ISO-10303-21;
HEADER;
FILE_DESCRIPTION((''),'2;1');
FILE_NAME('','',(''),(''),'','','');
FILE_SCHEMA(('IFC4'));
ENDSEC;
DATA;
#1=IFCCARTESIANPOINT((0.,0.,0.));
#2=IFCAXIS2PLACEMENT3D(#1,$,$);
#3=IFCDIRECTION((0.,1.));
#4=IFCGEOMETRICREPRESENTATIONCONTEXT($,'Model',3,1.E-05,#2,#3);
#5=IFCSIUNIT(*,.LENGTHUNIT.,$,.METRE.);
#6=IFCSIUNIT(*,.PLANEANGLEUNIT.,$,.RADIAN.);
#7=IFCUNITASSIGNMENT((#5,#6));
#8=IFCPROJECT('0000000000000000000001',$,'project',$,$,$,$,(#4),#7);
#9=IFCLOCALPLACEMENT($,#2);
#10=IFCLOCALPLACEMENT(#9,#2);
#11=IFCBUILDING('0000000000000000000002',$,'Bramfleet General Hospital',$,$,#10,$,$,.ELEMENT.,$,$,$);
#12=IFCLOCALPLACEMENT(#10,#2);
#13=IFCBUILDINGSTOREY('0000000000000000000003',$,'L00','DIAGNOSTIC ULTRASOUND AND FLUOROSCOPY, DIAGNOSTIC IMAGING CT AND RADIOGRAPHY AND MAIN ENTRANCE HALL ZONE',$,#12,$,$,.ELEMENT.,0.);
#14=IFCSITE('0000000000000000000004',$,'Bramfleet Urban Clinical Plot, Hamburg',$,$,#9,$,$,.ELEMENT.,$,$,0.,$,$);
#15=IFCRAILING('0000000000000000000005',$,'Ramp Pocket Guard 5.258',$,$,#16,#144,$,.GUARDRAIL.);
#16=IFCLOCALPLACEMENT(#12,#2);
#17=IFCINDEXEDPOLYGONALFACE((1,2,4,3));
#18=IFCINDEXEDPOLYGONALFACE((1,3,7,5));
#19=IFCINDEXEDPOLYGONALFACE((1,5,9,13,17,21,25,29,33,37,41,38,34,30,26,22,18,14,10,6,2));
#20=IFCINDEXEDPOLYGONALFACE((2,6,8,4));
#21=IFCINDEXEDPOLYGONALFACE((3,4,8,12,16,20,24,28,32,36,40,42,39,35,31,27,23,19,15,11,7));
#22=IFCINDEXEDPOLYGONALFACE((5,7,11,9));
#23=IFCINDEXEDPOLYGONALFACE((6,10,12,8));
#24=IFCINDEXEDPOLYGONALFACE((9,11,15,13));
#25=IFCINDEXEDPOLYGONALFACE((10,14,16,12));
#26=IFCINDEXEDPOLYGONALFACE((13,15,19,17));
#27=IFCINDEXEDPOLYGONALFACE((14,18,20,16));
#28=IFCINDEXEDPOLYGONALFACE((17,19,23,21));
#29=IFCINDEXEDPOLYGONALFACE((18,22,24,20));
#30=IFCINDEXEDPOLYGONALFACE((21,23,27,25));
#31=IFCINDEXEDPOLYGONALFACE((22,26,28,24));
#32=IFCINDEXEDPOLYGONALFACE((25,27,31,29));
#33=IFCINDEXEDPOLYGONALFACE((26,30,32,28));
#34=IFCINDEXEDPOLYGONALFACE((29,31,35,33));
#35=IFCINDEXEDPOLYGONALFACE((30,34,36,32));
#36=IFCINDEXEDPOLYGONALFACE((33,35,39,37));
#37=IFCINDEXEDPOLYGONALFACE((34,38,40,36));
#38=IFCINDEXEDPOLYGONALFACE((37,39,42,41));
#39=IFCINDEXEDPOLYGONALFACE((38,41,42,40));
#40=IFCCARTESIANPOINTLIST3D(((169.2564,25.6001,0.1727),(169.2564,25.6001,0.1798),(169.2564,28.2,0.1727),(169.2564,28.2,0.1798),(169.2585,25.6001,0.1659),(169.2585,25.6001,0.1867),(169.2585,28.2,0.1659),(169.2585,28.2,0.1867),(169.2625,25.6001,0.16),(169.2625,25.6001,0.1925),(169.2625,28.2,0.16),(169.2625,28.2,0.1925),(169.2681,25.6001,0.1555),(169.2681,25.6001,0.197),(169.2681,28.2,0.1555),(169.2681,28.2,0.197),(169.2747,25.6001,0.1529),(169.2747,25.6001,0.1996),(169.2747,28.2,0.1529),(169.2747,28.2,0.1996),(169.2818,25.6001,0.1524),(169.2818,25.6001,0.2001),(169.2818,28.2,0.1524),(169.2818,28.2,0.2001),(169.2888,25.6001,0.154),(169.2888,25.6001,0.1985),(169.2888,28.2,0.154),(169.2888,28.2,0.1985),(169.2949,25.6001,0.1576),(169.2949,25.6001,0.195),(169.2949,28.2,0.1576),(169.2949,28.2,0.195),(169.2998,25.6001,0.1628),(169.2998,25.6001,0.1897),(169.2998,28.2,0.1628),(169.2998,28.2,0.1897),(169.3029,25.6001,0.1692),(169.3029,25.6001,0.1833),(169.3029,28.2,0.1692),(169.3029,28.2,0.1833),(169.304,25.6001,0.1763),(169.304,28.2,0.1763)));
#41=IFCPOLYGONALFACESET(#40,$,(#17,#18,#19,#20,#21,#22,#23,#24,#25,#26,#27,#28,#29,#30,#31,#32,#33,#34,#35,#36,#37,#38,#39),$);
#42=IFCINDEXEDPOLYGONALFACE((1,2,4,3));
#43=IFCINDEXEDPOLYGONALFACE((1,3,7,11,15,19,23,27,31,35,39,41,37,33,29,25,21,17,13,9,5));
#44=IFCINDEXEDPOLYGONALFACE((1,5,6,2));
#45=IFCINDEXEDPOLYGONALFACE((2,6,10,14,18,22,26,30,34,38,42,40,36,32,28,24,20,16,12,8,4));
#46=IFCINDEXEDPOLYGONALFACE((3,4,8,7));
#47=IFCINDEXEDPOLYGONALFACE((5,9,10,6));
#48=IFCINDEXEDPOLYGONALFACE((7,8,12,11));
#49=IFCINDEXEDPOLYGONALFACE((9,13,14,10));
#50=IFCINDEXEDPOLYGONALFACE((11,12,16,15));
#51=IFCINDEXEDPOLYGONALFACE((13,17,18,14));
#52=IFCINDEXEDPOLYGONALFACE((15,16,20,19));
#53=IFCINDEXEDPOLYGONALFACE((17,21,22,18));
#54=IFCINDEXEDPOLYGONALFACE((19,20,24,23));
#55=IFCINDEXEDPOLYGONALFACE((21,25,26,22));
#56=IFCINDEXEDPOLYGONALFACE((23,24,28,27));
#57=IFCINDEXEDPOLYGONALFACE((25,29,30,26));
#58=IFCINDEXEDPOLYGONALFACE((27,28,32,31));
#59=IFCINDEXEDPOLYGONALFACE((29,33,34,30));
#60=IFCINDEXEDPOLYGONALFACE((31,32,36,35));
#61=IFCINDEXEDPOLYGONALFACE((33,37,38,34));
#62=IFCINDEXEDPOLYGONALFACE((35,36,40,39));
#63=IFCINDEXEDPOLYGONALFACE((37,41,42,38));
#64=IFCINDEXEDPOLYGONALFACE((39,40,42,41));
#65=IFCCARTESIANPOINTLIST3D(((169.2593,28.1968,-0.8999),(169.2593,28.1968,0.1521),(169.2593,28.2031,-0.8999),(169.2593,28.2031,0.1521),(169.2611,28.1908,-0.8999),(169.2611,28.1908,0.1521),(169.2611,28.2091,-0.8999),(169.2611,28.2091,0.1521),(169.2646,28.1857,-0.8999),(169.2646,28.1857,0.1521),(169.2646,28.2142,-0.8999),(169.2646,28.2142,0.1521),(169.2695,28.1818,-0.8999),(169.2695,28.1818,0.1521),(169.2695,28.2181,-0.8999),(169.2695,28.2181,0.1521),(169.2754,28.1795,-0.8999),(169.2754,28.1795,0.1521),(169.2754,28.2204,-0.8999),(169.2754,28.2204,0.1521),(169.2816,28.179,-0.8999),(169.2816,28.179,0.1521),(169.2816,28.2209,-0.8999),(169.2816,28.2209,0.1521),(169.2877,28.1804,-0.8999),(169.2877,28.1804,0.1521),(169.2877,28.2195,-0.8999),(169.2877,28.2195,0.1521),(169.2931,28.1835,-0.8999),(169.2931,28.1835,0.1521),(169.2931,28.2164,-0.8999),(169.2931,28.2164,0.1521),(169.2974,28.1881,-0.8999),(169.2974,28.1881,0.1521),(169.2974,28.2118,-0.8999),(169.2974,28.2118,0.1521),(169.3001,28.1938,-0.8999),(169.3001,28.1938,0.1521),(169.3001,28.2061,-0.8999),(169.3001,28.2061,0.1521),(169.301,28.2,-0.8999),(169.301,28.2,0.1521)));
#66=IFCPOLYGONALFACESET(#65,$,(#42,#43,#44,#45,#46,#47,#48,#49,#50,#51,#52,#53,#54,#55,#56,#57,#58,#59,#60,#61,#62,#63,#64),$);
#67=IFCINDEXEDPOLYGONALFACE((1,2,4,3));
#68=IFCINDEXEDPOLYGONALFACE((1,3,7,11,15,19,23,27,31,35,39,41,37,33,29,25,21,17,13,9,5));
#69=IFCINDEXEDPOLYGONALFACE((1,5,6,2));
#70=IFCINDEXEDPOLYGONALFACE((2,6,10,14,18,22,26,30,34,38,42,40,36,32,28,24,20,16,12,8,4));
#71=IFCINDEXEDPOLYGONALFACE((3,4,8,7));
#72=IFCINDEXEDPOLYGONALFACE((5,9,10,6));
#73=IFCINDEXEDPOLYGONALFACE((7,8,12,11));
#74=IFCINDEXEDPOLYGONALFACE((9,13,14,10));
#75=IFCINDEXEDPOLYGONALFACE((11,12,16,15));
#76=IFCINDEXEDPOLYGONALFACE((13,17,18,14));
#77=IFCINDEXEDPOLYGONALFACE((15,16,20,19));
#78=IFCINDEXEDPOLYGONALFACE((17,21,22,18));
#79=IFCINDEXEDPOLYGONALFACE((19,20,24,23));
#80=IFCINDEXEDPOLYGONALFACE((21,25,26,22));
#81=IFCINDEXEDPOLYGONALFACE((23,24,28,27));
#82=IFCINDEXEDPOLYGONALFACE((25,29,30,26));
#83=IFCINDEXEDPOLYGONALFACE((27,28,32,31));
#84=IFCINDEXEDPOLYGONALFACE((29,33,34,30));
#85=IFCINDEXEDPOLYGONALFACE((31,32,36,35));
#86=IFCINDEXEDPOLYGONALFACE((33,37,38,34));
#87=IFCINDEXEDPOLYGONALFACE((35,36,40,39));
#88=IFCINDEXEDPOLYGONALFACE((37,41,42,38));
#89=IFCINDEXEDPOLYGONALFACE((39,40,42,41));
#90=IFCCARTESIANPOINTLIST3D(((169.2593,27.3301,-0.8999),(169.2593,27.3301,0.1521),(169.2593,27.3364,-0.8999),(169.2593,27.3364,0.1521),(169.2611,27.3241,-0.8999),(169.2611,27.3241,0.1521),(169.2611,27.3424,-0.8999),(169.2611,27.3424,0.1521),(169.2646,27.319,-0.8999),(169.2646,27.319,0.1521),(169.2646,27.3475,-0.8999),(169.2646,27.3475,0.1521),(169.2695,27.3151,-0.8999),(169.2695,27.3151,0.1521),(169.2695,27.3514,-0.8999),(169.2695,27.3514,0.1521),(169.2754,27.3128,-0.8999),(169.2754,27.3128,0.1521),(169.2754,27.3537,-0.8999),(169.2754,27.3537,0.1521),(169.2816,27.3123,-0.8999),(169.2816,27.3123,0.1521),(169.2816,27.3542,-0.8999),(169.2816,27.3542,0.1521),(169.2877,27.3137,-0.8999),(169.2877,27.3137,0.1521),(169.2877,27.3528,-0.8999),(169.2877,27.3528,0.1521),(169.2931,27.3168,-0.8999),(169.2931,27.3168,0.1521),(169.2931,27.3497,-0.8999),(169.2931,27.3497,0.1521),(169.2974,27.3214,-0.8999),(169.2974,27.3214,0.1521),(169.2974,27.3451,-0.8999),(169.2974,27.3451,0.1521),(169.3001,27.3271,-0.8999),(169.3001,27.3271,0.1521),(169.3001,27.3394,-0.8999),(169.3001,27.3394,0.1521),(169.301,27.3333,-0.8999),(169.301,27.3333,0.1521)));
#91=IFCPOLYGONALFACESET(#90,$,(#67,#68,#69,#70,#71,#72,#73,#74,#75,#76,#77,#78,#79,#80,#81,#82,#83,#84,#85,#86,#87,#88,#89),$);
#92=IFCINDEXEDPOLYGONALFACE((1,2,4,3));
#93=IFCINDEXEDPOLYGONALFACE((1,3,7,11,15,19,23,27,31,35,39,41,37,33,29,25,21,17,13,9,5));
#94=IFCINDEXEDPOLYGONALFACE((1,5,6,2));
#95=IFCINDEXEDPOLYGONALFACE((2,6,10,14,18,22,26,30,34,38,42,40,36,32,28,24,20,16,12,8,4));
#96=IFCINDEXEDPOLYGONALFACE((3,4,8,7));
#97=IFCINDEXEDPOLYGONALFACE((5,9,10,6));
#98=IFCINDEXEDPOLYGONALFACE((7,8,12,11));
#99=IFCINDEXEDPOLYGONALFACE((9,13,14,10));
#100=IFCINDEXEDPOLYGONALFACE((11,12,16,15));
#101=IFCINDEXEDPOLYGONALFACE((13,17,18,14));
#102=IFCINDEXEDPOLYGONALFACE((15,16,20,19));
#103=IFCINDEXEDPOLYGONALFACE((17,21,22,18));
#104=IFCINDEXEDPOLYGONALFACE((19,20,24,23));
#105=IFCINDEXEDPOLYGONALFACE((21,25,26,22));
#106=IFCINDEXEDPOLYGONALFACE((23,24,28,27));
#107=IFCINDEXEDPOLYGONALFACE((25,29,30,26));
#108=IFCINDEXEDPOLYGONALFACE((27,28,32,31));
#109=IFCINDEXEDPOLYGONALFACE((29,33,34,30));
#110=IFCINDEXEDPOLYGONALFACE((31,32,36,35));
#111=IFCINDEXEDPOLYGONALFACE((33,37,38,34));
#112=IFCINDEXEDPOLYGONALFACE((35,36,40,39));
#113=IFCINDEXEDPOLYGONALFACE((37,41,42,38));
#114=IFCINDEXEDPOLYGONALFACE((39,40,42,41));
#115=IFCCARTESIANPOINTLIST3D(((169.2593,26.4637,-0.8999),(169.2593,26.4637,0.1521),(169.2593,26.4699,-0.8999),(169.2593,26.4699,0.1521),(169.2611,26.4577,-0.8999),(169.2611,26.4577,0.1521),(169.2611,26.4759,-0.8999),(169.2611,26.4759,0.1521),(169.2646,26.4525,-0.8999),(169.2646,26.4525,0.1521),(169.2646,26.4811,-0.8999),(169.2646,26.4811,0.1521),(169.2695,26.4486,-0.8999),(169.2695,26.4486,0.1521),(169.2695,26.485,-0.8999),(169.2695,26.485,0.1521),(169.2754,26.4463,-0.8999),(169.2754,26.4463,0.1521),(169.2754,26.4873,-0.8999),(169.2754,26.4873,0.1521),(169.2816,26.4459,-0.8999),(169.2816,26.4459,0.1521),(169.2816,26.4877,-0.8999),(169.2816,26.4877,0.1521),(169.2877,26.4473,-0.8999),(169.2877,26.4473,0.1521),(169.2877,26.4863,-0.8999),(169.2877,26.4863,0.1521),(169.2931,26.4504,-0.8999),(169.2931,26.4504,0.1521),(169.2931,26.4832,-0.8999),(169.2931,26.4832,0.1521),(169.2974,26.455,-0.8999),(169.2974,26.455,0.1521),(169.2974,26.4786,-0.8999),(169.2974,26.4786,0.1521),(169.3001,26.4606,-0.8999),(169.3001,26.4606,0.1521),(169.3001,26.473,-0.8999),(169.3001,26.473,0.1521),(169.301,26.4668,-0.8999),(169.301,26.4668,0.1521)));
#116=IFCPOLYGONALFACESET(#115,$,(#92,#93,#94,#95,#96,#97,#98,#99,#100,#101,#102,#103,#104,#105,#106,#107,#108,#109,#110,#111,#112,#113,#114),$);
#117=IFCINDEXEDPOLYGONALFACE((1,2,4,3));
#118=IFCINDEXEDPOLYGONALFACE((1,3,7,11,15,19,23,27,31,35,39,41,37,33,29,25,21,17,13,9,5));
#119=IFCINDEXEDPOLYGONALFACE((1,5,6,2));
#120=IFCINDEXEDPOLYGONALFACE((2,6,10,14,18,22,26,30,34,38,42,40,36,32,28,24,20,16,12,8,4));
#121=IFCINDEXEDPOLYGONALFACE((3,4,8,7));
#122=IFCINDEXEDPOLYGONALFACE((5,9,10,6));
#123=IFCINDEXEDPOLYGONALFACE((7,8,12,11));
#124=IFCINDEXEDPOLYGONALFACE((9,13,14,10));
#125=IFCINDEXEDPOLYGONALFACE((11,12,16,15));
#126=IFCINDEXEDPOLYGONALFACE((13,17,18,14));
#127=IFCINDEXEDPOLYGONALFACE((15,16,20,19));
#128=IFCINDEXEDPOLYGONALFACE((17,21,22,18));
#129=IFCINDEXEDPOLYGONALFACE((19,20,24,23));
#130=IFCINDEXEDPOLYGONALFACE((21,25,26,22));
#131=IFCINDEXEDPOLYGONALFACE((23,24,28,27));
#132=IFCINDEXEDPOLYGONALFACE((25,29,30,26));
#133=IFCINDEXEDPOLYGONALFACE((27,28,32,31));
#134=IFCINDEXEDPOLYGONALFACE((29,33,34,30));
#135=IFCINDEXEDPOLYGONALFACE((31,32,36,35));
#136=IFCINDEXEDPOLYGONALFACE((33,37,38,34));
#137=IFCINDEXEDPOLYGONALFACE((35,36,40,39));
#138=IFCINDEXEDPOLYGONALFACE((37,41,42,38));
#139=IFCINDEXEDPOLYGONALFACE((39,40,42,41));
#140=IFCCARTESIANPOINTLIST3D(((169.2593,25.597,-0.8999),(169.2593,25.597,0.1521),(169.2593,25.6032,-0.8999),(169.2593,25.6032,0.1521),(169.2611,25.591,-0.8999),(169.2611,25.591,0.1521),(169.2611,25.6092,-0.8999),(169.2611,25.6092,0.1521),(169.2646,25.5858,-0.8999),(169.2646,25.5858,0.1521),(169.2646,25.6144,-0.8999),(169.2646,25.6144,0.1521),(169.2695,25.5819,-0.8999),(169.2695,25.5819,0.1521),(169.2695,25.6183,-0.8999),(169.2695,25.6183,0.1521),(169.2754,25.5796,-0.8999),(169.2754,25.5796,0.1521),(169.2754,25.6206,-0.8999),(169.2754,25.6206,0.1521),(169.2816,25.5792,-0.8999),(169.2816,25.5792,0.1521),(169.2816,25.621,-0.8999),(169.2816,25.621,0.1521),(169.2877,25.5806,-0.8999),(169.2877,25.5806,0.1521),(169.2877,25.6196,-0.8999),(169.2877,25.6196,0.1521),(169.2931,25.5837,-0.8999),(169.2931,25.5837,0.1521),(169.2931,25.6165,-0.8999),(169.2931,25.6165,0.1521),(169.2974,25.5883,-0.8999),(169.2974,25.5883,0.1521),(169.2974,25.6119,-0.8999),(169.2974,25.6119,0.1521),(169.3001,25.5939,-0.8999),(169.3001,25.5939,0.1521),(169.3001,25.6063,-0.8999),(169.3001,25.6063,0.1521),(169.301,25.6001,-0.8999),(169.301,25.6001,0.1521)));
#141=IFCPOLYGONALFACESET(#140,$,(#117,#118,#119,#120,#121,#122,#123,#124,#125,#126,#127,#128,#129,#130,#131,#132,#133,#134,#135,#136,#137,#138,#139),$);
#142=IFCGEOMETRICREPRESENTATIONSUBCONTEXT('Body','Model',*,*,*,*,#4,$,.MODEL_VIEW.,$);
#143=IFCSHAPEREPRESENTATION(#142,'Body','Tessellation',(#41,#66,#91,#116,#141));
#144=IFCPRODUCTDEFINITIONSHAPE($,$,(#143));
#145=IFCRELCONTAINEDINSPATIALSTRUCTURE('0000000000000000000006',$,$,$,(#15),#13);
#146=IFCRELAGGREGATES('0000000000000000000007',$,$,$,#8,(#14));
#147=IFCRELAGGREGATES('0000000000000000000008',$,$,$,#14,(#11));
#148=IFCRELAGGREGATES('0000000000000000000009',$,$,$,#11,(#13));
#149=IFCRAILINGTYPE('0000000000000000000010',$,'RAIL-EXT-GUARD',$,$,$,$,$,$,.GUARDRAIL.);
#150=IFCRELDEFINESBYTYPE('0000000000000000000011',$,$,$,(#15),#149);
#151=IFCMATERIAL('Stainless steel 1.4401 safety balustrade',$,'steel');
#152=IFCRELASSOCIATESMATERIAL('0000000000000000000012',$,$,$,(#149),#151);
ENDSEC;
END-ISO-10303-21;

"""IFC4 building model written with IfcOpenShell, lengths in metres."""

from ifc_helpers import new_model, si_unit, direction, frame, origin, origin_2d, place, context, subcontext, project, spatial, circle, extrude, material, type_object, element, save


model = new_model("IFC4")

# Units and contexts
model_context = context("Model", 3, precision=1e-05, world=origin(), true_north=direction((0.0, 1.0)))
body_context = subcontext(model_context, "Body", "Model", "MODEL_VIEW")
ifc_project = project(units=[si_unit("LENGTHUNIT", "METRE"), si_unit("PLANEANGLEUNIT", "RADIAN")], contexts=[model_context])

# Site, building, storey
site_placement = place(None, origin())
site = spatial("IfcSite", under=ifc_project, at=site_placement, Name="Bramfleet Urban Clinical Plot, Hamburg", CompositionType="ELEMENT", RefElevation=0.0)
building_placement = place(site_placement, origin())
building = spatial("IfcBuilding", under=site, at=building_placement, Name="Bramfleet General Hospital", CompositionType="ELEMENT")
storey_placement = place(building_placement, origin())
storey = spatial("IfcBuildingStorey", under=building, at=storey_placement, Name="L00", Description="DIAGNOSTIC ULTRASOUND AND FLUOROSCOPY, DIAGNOSTIC IMAGING CT AND RADIOGRAPHY AND MAIN ENTRANCE HALL ZONE", CompositionType="ELEMENT", Elevation=0.0)

# Railing
ifc_material_1 = material(Name="Stainless steel 1.4401 safety balustrade", Category="steel")
railing_type = type_object("IfcRailingType", Name="RAIL-EXT-GUARD", PredefinedType="GUARDRAIL", material=ifc_material_1)
railing_1_placement = place(storey_placement, frame((169.28, 28.2, -0.8999)))
element("IfcRailing", 1, at=railing_1_placement, inside=storey, type_object=railing_type, Name="Ramp Pocket Guard 5.258", PredefinedType="GUARDRAIL", context=body_context, shape_type="SweptSolid", body=[
    extrude(circle(Radius=0.0239, at=origin_2d()), frame((0.0, 0.0, 1.0762), z_axis=(0.0, -1.0, 0.0), x_axis=(1.0, 0.0, 0.0)), (0.0, 0.0, 1.0), 2.5999),
    extrude(circle(Radius=0.021, at=origin_2d()), origin(), (0.0, 0.0, 1.0), 1.052),
    extrude(circle(Radius=0.021, at=origin_2d()), frame((0.0, -0.8667, 0.0)), (0.0, 0.0, 1.0), 1.052),
    extrude(circle(Radius=0.021, at=origin_2d()), frame((0.0, -1.7332, 0.0)), (0.0, 0.0, 1.0), 1.052),
    extrude(circle(Radius=0.021, at=origin_2d()), frame((0.0, -2.5999, 0.0)), (0.0, 0.0, 1.0), 1.052),
])

save(model, "model.ifc")
